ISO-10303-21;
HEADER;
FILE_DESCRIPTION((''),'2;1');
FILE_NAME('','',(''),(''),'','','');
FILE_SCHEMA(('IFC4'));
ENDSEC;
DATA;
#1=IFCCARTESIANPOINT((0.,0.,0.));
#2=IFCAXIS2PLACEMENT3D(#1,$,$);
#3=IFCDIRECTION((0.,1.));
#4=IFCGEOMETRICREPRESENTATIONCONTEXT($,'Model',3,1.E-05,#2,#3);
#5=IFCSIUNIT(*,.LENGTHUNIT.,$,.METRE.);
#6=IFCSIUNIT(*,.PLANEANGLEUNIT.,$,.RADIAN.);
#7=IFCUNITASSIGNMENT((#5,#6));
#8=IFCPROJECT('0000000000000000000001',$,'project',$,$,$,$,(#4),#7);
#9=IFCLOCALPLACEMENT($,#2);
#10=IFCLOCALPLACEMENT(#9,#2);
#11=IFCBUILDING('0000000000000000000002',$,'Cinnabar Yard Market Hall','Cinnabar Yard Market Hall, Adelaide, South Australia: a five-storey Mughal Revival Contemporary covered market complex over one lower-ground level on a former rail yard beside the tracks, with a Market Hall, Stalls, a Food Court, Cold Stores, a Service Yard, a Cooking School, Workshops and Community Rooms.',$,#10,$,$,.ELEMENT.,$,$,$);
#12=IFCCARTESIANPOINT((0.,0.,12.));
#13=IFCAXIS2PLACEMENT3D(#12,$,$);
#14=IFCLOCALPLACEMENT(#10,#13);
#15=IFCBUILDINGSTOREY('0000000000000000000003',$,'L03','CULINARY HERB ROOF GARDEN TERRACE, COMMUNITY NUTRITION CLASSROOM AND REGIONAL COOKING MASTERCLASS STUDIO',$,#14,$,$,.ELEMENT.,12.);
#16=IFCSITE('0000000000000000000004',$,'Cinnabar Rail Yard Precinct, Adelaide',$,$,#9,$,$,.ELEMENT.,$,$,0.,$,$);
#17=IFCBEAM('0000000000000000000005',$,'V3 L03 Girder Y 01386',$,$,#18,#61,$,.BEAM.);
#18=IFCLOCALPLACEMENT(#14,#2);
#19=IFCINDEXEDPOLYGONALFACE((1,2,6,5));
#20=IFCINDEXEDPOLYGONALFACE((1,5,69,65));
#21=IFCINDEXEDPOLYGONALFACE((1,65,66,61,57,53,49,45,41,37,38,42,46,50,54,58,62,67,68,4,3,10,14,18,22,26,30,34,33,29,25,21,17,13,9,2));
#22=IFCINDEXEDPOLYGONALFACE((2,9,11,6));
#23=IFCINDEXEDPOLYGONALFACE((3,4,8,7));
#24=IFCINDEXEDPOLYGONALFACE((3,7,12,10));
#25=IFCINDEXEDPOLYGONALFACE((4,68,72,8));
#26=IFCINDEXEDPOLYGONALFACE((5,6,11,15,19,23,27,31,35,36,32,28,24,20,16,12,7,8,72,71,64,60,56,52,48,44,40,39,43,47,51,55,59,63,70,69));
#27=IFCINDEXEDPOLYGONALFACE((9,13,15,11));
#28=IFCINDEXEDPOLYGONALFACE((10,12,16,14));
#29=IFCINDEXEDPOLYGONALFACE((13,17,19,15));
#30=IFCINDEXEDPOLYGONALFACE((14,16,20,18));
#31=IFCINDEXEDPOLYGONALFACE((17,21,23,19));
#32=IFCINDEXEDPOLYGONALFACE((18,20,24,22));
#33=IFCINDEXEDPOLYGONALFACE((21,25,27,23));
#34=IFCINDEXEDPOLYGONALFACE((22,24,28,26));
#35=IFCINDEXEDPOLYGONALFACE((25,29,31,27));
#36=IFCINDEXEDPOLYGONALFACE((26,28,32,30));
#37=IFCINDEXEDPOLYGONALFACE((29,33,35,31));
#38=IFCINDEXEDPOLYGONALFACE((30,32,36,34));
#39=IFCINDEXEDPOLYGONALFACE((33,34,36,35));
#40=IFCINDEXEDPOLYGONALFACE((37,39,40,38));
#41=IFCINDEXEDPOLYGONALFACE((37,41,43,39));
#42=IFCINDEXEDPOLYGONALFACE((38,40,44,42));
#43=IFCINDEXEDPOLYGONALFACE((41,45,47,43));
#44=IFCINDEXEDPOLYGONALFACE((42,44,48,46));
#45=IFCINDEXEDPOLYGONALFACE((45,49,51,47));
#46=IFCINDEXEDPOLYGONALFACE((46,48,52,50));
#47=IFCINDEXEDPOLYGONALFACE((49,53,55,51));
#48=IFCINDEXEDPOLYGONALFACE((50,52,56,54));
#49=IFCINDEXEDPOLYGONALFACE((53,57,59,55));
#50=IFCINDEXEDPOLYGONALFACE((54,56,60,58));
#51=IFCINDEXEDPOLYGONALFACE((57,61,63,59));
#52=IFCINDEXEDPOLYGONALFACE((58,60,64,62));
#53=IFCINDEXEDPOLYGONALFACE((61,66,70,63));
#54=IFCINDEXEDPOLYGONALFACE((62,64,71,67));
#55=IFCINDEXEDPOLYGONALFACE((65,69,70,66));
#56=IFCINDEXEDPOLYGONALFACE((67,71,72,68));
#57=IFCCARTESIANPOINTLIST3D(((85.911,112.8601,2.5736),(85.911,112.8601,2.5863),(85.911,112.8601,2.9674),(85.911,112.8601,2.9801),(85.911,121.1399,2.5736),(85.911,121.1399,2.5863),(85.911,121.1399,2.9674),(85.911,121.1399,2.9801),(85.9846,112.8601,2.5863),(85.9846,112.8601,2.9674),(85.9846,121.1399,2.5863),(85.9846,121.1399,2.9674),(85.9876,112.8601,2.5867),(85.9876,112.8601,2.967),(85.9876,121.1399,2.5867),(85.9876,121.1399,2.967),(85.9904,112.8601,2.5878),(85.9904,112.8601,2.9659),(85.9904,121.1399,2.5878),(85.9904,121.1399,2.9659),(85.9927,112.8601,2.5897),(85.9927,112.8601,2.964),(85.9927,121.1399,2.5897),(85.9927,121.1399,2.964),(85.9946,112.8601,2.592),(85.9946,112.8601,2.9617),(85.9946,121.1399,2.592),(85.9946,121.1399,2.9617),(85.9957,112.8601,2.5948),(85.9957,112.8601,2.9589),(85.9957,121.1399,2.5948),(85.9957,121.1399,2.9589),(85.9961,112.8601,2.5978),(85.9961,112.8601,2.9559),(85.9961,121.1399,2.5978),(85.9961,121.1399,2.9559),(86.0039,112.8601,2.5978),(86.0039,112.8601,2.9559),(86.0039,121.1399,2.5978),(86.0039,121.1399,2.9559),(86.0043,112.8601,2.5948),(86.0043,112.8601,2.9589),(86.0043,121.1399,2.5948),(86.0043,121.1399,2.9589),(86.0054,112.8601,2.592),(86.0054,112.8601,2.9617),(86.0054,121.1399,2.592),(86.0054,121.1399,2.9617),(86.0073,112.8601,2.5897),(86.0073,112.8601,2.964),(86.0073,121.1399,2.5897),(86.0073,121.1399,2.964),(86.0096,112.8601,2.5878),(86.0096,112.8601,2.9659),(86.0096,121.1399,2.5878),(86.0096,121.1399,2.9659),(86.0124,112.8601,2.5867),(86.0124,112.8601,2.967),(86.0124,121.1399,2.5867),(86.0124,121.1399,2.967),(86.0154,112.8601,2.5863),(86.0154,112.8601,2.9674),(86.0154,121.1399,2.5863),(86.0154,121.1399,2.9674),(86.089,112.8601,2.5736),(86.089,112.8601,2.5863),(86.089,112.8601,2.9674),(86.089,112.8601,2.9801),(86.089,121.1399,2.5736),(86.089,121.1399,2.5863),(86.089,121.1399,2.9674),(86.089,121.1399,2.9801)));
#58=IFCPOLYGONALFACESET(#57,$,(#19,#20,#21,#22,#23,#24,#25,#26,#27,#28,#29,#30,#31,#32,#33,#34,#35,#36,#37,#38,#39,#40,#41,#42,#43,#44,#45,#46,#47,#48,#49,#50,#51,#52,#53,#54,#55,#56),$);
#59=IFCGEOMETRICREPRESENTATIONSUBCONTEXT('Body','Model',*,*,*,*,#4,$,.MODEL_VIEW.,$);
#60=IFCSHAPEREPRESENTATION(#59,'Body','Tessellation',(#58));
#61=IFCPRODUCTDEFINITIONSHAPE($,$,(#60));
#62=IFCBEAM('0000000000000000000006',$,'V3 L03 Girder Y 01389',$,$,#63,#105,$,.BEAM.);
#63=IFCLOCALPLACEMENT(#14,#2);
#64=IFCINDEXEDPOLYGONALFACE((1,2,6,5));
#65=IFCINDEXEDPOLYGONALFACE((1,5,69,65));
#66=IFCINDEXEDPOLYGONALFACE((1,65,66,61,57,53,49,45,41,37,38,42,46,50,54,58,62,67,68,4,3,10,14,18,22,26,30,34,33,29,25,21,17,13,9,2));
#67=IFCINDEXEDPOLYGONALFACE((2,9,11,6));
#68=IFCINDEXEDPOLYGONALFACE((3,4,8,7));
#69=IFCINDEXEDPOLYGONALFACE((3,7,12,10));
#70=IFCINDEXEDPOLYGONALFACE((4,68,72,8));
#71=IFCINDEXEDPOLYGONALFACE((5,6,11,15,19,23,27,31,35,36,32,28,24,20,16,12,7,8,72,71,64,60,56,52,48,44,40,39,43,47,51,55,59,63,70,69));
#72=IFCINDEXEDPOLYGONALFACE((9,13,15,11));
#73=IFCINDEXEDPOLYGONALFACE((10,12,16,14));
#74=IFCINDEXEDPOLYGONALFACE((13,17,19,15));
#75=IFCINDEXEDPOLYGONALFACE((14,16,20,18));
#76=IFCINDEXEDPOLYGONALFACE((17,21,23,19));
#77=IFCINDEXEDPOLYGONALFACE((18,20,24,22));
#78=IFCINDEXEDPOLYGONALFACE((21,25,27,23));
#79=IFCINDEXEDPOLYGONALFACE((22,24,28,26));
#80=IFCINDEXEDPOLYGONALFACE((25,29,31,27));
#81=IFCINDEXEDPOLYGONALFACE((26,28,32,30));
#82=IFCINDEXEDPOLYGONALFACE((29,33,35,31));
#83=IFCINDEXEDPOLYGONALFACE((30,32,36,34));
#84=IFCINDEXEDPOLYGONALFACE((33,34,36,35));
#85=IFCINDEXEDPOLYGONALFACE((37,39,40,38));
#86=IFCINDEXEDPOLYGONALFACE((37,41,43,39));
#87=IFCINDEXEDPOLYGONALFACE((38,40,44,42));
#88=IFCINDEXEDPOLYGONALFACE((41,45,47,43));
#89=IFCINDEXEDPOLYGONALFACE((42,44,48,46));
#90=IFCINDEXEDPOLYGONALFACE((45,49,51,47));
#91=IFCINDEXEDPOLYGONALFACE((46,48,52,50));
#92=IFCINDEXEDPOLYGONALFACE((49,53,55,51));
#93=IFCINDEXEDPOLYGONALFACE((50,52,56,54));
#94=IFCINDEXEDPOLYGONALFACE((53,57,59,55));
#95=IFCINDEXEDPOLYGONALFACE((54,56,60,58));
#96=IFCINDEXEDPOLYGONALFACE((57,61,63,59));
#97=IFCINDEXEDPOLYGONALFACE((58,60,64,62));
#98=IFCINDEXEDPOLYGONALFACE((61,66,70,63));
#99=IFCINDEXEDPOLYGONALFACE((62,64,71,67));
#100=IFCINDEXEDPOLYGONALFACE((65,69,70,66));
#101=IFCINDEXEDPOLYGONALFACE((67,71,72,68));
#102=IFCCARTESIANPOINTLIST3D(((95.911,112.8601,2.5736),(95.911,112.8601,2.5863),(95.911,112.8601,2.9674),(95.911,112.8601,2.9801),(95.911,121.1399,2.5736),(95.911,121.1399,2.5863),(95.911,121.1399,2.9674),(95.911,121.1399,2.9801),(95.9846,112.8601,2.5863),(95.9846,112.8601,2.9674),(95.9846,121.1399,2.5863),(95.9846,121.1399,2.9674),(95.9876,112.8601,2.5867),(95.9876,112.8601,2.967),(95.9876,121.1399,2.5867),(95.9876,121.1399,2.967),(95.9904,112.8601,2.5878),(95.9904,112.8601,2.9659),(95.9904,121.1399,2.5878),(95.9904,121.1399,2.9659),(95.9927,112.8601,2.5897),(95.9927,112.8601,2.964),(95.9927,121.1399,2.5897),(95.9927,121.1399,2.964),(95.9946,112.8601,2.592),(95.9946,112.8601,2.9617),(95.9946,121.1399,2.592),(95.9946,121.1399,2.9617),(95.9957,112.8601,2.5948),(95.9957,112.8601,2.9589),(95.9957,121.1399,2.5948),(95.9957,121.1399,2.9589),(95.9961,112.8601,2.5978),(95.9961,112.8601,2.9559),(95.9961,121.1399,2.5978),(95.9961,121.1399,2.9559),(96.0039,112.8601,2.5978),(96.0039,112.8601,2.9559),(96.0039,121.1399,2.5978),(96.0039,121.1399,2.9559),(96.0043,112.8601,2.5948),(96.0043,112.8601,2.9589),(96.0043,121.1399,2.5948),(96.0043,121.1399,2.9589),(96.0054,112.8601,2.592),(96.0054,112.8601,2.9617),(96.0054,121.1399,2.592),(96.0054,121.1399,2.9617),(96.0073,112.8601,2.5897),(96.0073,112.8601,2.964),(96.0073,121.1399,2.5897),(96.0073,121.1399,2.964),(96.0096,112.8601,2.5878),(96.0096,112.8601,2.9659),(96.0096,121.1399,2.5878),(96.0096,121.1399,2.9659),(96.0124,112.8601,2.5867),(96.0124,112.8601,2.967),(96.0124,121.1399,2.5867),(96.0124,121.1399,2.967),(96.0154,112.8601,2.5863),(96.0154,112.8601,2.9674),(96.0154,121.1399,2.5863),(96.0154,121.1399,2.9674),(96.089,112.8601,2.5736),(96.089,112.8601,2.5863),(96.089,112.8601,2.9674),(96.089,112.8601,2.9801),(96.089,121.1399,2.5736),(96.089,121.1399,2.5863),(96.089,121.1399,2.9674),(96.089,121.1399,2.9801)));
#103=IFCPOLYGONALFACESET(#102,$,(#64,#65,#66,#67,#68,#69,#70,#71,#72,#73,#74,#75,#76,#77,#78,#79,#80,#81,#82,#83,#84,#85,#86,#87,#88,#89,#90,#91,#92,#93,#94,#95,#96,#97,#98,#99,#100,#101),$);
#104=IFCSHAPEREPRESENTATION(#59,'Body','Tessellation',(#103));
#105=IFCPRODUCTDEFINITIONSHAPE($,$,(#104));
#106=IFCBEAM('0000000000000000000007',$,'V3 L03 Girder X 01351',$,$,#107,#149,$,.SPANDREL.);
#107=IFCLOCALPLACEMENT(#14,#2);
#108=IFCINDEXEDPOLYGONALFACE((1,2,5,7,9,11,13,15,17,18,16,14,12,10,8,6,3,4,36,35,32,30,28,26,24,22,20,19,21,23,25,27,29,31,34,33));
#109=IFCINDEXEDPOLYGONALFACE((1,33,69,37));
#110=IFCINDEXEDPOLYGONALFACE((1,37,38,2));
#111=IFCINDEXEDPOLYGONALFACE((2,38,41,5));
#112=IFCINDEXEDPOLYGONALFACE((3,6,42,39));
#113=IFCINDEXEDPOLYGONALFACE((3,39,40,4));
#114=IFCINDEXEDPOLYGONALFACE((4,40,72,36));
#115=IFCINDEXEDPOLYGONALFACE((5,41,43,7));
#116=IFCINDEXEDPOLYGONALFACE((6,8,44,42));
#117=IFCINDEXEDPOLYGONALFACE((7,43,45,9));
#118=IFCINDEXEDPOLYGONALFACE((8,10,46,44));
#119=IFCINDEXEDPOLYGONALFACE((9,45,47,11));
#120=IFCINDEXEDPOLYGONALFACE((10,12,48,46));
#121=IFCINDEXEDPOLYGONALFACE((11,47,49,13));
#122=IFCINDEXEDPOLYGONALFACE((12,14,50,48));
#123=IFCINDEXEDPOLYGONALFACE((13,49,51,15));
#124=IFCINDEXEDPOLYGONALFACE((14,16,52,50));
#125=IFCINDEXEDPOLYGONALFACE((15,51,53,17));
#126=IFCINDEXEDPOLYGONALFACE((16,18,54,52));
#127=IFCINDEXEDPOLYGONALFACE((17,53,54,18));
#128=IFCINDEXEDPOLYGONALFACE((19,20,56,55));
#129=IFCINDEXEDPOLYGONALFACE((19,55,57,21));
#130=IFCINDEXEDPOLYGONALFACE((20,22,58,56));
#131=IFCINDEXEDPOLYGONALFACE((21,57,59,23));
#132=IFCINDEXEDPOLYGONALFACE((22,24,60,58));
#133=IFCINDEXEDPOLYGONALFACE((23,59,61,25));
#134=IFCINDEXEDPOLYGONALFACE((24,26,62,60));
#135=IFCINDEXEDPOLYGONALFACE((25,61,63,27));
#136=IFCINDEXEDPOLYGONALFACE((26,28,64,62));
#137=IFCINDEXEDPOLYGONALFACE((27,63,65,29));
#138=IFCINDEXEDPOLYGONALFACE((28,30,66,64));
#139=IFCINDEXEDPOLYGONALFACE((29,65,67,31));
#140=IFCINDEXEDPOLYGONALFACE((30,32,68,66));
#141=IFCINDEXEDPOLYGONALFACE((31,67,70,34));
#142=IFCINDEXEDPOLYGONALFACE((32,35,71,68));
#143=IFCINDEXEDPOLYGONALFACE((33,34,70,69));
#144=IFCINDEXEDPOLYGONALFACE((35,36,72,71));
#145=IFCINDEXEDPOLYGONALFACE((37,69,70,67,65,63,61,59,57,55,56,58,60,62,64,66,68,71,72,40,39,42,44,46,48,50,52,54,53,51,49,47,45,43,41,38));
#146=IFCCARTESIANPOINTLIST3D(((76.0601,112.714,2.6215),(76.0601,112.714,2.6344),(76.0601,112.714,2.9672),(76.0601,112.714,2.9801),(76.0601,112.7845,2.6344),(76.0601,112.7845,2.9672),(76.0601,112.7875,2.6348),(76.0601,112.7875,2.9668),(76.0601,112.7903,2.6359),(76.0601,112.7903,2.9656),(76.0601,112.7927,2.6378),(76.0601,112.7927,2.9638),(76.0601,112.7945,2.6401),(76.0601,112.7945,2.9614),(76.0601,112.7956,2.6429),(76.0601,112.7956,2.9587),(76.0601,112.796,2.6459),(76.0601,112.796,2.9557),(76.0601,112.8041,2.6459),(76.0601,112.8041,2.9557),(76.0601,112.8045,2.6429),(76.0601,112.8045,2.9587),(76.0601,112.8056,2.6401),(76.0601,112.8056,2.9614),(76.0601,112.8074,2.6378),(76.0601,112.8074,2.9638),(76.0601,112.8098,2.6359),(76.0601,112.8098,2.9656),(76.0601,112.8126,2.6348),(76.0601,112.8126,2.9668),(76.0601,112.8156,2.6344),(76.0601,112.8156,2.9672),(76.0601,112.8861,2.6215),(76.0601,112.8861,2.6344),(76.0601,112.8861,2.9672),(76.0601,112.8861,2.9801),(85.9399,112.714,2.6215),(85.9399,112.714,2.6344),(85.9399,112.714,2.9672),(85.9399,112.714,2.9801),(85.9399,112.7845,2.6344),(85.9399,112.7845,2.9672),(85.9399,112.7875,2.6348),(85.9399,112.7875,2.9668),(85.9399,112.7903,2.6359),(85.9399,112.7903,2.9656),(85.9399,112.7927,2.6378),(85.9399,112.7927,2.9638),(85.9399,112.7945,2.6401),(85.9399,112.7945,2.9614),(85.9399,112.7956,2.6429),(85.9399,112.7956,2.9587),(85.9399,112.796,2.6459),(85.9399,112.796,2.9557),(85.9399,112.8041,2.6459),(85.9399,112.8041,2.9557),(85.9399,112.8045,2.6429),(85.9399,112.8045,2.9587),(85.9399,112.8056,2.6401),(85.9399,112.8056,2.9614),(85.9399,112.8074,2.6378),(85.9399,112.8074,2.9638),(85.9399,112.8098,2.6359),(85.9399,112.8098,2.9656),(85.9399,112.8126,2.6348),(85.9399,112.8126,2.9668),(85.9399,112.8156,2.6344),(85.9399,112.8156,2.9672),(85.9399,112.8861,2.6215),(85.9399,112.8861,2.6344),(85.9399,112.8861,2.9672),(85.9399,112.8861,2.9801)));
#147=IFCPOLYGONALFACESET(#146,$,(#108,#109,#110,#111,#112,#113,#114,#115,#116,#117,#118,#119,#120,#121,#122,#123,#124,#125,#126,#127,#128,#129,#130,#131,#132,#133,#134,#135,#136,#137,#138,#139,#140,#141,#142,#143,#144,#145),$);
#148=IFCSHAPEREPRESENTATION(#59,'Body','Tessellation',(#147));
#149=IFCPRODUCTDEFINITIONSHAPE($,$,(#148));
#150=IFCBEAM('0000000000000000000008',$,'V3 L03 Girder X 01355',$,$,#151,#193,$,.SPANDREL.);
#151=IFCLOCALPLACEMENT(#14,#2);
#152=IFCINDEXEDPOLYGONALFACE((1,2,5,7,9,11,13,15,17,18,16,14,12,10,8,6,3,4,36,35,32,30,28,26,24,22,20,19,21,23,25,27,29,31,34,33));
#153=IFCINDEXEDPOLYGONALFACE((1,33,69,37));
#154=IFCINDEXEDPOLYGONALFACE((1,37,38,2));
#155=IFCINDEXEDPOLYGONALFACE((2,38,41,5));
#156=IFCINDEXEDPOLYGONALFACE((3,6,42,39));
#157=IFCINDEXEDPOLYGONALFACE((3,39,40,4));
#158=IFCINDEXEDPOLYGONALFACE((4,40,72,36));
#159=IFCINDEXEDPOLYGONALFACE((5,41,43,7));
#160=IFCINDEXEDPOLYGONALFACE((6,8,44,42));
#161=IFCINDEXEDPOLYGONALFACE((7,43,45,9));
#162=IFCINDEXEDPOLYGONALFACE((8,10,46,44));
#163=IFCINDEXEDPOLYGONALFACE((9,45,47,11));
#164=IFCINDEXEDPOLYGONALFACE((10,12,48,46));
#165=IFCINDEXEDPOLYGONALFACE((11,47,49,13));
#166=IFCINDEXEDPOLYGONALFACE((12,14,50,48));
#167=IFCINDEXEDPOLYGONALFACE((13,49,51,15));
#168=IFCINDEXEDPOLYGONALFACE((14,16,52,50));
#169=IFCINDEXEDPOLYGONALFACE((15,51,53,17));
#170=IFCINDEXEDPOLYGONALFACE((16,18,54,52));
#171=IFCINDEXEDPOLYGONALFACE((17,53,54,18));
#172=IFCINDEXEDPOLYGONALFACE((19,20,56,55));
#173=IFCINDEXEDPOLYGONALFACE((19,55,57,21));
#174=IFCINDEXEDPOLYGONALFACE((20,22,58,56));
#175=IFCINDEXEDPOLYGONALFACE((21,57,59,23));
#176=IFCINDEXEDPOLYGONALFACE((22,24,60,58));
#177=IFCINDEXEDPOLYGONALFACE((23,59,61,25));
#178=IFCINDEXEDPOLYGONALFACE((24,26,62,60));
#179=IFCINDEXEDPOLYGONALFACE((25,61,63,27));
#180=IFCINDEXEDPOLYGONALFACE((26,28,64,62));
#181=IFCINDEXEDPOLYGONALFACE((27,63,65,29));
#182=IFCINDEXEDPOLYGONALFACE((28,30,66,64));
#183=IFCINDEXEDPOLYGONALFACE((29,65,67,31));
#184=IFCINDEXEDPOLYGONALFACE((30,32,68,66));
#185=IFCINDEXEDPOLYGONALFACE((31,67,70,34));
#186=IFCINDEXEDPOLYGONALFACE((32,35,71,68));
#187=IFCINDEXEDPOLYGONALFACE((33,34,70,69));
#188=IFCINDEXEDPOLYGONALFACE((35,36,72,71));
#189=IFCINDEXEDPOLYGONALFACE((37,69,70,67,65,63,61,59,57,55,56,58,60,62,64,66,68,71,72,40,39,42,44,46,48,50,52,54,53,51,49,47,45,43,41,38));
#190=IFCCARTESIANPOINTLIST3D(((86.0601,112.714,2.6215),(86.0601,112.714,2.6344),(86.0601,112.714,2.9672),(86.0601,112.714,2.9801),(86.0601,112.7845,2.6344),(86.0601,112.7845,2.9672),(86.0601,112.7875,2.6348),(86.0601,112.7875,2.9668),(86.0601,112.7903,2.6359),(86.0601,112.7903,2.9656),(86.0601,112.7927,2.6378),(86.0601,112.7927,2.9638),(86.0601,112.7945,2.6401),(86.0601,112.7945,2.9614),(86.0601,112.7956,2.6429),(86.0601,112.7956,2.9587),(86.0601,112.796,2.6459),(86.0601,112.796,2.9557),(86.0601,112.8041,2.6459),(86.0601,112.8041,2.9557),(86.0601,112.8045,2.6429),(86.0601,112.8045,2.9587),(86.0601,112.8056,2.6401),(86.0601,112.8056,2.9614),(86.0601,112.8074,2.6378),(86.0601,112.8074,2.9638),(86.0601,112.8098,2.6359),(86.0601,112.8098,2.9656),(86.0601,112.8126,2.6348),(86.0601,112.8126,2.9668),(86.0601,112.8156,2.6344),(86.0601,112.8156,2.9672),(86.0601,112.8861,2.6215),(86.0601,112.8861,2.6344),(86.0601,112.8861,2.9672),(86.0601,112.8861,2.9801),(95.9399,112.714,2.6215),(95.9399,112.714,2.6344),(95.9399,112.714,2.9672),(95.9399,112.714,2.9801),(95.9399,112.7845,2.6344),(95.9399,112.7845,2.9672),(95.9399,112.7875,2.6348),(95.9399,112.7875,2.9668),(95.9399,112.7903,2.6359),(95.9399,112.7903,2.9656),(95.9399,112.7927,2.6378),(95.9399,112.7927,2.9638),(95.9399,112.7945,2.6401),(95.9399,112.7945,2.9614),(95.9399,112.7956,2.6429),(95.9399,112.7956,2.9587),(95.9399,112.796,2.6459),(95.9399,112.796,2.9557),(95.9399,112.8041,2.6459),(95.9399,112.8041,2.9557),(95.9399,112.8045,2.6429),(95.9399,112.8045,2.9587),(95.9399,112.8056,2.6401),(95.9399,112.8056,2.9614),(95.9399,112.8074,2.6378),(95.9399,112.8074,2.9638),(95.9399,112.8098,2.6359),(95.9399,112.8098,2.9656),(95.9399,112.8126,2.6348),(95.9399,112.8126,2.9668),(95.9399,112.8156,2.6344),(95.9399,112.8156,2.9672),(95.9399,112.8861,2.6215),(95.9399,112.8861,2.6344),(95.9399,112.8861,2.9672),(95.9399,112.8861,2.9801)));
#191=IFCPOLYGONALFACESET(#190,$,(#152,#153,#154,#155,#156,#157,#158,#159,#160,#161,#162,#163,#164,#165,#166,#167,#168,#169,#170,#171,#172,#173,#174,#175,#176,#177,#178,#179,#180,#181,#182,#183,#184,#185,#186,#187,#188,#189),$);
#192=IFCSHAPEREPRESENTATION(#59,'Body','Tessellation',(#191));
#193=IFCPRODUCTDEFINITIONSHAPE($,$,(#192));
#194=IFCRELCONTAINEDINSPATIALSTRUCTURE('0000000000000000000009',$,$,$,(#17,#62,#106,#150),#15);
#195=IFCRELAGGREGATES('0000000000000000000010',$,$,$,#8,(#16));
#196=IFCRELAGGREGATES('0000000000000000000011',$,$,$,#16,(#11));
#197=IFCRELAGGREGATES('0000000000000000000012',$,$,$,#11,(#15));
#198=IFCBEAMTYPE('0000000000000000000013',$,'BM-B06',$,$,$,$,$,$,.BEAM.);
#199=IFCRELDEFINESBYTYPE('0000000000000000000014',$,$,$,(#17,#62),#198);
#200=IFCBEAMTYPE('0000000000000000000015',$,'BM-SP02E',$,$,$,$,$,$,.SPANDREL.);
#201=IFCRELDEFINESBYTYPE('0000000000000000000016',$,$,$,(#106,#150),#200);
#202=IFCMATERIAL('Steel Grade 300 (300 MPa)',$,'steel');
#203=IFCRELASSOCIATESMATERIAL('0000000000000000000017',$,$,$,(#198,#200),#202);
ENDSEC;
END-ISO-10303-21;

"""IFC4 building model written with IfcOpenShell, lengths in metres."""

from ifc_helpers import new_model, si_unit, direction, frame, origin, origin_2d_with_axis, place, context, subcontext, project, spatial, i_section, extrude, material, material_profile, profile_set, type_object, element, save


model = new_model("IFC4")

# Units and contexts
model_context = context("Model", 3, precision=1e-05, world=origin(), true_north=direction((0.0, 1.0)))
body_context = subcontext(model_context, "Body", "Model", "MODEL_VIEW")
ifc_project = project(units=[si_unit("LENGTHUNIT", "METRE"), si_unit("PLANEANGLEUNIT", "RADIAN")], contexts=[model_context])

# Site, building, storey
site_placement = place(None, origin())
site = spatial("IfcSite", under=ifc_project, at=site_placement, Name="Cinnabar Rail Yard Precinct, Adelaide", CompositionType="ELEMENT", RefElevation=0.0)
building_placement = place(site_placement, origin())
building = spatial("IfcBuilding", under=site, at=building_placement, Name="Cinnabar Yard Market Hall", Description="Cinnabar Yard Market Hall, Adelaide, South Australia: a five-storey Mughal Revival Contemporary covered market complex over one lower-ground level on a former rail yard beside the tracks, with a Market Hall, Stalls, a Food Court, Cold Stores, a Service Yard, a Cooking School, Workshops and Community Rooms.", CompositionType="ELEMENT")
storey_placement = place(building_placement, frame((0.0, 0.0, 12.0)))
storey = spatial("IfcBuildingStorey", under=building, at=storey_placement, Name="L03", Description="CULINARY HERB ROOF GARDEN TERRACE, COMMUNITY NUTRITION CLASSROOM AND REGIONAL COOKING MASTERCLASS STUDIO", CompositionType="ELEMENT", Elevation=12.0)

# Shared definitions
ifc_material_1 = material(Name="Steel Grade 300 (300 MPa)", Category="steel")

# Beams
ifc_material_profile_1 = material_profile(ifc_material_1, i_section(OverallWidth=0.178, OverallDepth=0.4065, WebThickness=0.0078, FlangeThickness=0.0127, FilletRadius=0.0115, at=origin_2d_with_axis()), Name="410UB59.7")
ifc_profile_set_1 = profile_set([ifc_material_profile_1], Name="Steel Grade 300 (300 MPa)")
beam_type_1 = type_object("IfcBeamType", Name="BM-B06", PredefinedType="BEAM", material=ifc_profile_set_1)
for number, where, z_axis, x_axis, name in (
    (1, (86.0, 112.8601, 2.7769), (0.0, 1.0, 0.0), (-1.0, 0.0, 0.0), "V3 L03 Girder Y 01386"),
    (2, (96.0, 112.8601, 2.7769), (0.0, 1.0, 0.0), (-1.0, 0.0, 0.0), "V3 L03 Girder Y 01389"),
):
    element("IfcBeam", number, at=place(storey_placement, frame(where, z_axis=z_axis, x_axis=x_axis)), inside=storey, type_object=beam_type_1, Name=name, PredefinedType="BEAM", context=body_context, shape_type="SweptSolid", body=[
        extrude(i_section(OverallWidth=0.178, OverallDepth=0.4065, WebThickness=0.0078, FlangeThickness=0.0127, FilletRadius=0.0115, at=origin_2d_with_axis()), origin(), (0.0, 0.0, 1.0), 8.2798),
    ])
ifc_material_profile_2 = material_profile(ifc_material_1, i_section(OverallWidth=0.1721, OverallDepth=0.3586, WebThickness=0.0081, FlangeThickness=0.0129, FilletRadius=0.0115, at=origin_2d_with_axis()), Name="360UB56.7")
ifc_profile_set_2 = profile_set([ifc_material_profile_2], Name="Steel Grade 300 (300 MPa)")
beam_type_2 = type_object("IfcBeamType", Name="BM-SP02E", PredefinedType="SPANDREL", material=ifc_profile_set_2)
for number, where, z_axis, x_axis, name in (
    (3, (76.0601, 112.8, 2.8008), (1.0, 0.0, 0.0), (0.0, 1.0, 0.0), "V3 L03 Girder X 01351"),
    (4, (86.0601, 112.8, 2.8008), (1.0, 0.0, 0.0), (0.0, 1.0, 0.0), "V3 L03 Girder X 01355"),
):
    element("IfcBeam", number, at=place(storey_placement, frame(where, z_axis=z_axis, x_axis=x_axis)), inside=storey, type_object=beam_type_2, Name=name, PredefinedType="SPANDREL", context=body_context, shape_type="SweptSolid", body=[
        extrude(i_section(OverallWidth=0.1721, OverallDepth=0.3586, WebThickness=0.0081, FlangeThickness=0.0129, FilletRadius=0.0115, at=origin_2d_with_axis()), origin(), (0.0, 0.0, 1.0), 9.8799),
    ])

save(model, "model.ifc")
